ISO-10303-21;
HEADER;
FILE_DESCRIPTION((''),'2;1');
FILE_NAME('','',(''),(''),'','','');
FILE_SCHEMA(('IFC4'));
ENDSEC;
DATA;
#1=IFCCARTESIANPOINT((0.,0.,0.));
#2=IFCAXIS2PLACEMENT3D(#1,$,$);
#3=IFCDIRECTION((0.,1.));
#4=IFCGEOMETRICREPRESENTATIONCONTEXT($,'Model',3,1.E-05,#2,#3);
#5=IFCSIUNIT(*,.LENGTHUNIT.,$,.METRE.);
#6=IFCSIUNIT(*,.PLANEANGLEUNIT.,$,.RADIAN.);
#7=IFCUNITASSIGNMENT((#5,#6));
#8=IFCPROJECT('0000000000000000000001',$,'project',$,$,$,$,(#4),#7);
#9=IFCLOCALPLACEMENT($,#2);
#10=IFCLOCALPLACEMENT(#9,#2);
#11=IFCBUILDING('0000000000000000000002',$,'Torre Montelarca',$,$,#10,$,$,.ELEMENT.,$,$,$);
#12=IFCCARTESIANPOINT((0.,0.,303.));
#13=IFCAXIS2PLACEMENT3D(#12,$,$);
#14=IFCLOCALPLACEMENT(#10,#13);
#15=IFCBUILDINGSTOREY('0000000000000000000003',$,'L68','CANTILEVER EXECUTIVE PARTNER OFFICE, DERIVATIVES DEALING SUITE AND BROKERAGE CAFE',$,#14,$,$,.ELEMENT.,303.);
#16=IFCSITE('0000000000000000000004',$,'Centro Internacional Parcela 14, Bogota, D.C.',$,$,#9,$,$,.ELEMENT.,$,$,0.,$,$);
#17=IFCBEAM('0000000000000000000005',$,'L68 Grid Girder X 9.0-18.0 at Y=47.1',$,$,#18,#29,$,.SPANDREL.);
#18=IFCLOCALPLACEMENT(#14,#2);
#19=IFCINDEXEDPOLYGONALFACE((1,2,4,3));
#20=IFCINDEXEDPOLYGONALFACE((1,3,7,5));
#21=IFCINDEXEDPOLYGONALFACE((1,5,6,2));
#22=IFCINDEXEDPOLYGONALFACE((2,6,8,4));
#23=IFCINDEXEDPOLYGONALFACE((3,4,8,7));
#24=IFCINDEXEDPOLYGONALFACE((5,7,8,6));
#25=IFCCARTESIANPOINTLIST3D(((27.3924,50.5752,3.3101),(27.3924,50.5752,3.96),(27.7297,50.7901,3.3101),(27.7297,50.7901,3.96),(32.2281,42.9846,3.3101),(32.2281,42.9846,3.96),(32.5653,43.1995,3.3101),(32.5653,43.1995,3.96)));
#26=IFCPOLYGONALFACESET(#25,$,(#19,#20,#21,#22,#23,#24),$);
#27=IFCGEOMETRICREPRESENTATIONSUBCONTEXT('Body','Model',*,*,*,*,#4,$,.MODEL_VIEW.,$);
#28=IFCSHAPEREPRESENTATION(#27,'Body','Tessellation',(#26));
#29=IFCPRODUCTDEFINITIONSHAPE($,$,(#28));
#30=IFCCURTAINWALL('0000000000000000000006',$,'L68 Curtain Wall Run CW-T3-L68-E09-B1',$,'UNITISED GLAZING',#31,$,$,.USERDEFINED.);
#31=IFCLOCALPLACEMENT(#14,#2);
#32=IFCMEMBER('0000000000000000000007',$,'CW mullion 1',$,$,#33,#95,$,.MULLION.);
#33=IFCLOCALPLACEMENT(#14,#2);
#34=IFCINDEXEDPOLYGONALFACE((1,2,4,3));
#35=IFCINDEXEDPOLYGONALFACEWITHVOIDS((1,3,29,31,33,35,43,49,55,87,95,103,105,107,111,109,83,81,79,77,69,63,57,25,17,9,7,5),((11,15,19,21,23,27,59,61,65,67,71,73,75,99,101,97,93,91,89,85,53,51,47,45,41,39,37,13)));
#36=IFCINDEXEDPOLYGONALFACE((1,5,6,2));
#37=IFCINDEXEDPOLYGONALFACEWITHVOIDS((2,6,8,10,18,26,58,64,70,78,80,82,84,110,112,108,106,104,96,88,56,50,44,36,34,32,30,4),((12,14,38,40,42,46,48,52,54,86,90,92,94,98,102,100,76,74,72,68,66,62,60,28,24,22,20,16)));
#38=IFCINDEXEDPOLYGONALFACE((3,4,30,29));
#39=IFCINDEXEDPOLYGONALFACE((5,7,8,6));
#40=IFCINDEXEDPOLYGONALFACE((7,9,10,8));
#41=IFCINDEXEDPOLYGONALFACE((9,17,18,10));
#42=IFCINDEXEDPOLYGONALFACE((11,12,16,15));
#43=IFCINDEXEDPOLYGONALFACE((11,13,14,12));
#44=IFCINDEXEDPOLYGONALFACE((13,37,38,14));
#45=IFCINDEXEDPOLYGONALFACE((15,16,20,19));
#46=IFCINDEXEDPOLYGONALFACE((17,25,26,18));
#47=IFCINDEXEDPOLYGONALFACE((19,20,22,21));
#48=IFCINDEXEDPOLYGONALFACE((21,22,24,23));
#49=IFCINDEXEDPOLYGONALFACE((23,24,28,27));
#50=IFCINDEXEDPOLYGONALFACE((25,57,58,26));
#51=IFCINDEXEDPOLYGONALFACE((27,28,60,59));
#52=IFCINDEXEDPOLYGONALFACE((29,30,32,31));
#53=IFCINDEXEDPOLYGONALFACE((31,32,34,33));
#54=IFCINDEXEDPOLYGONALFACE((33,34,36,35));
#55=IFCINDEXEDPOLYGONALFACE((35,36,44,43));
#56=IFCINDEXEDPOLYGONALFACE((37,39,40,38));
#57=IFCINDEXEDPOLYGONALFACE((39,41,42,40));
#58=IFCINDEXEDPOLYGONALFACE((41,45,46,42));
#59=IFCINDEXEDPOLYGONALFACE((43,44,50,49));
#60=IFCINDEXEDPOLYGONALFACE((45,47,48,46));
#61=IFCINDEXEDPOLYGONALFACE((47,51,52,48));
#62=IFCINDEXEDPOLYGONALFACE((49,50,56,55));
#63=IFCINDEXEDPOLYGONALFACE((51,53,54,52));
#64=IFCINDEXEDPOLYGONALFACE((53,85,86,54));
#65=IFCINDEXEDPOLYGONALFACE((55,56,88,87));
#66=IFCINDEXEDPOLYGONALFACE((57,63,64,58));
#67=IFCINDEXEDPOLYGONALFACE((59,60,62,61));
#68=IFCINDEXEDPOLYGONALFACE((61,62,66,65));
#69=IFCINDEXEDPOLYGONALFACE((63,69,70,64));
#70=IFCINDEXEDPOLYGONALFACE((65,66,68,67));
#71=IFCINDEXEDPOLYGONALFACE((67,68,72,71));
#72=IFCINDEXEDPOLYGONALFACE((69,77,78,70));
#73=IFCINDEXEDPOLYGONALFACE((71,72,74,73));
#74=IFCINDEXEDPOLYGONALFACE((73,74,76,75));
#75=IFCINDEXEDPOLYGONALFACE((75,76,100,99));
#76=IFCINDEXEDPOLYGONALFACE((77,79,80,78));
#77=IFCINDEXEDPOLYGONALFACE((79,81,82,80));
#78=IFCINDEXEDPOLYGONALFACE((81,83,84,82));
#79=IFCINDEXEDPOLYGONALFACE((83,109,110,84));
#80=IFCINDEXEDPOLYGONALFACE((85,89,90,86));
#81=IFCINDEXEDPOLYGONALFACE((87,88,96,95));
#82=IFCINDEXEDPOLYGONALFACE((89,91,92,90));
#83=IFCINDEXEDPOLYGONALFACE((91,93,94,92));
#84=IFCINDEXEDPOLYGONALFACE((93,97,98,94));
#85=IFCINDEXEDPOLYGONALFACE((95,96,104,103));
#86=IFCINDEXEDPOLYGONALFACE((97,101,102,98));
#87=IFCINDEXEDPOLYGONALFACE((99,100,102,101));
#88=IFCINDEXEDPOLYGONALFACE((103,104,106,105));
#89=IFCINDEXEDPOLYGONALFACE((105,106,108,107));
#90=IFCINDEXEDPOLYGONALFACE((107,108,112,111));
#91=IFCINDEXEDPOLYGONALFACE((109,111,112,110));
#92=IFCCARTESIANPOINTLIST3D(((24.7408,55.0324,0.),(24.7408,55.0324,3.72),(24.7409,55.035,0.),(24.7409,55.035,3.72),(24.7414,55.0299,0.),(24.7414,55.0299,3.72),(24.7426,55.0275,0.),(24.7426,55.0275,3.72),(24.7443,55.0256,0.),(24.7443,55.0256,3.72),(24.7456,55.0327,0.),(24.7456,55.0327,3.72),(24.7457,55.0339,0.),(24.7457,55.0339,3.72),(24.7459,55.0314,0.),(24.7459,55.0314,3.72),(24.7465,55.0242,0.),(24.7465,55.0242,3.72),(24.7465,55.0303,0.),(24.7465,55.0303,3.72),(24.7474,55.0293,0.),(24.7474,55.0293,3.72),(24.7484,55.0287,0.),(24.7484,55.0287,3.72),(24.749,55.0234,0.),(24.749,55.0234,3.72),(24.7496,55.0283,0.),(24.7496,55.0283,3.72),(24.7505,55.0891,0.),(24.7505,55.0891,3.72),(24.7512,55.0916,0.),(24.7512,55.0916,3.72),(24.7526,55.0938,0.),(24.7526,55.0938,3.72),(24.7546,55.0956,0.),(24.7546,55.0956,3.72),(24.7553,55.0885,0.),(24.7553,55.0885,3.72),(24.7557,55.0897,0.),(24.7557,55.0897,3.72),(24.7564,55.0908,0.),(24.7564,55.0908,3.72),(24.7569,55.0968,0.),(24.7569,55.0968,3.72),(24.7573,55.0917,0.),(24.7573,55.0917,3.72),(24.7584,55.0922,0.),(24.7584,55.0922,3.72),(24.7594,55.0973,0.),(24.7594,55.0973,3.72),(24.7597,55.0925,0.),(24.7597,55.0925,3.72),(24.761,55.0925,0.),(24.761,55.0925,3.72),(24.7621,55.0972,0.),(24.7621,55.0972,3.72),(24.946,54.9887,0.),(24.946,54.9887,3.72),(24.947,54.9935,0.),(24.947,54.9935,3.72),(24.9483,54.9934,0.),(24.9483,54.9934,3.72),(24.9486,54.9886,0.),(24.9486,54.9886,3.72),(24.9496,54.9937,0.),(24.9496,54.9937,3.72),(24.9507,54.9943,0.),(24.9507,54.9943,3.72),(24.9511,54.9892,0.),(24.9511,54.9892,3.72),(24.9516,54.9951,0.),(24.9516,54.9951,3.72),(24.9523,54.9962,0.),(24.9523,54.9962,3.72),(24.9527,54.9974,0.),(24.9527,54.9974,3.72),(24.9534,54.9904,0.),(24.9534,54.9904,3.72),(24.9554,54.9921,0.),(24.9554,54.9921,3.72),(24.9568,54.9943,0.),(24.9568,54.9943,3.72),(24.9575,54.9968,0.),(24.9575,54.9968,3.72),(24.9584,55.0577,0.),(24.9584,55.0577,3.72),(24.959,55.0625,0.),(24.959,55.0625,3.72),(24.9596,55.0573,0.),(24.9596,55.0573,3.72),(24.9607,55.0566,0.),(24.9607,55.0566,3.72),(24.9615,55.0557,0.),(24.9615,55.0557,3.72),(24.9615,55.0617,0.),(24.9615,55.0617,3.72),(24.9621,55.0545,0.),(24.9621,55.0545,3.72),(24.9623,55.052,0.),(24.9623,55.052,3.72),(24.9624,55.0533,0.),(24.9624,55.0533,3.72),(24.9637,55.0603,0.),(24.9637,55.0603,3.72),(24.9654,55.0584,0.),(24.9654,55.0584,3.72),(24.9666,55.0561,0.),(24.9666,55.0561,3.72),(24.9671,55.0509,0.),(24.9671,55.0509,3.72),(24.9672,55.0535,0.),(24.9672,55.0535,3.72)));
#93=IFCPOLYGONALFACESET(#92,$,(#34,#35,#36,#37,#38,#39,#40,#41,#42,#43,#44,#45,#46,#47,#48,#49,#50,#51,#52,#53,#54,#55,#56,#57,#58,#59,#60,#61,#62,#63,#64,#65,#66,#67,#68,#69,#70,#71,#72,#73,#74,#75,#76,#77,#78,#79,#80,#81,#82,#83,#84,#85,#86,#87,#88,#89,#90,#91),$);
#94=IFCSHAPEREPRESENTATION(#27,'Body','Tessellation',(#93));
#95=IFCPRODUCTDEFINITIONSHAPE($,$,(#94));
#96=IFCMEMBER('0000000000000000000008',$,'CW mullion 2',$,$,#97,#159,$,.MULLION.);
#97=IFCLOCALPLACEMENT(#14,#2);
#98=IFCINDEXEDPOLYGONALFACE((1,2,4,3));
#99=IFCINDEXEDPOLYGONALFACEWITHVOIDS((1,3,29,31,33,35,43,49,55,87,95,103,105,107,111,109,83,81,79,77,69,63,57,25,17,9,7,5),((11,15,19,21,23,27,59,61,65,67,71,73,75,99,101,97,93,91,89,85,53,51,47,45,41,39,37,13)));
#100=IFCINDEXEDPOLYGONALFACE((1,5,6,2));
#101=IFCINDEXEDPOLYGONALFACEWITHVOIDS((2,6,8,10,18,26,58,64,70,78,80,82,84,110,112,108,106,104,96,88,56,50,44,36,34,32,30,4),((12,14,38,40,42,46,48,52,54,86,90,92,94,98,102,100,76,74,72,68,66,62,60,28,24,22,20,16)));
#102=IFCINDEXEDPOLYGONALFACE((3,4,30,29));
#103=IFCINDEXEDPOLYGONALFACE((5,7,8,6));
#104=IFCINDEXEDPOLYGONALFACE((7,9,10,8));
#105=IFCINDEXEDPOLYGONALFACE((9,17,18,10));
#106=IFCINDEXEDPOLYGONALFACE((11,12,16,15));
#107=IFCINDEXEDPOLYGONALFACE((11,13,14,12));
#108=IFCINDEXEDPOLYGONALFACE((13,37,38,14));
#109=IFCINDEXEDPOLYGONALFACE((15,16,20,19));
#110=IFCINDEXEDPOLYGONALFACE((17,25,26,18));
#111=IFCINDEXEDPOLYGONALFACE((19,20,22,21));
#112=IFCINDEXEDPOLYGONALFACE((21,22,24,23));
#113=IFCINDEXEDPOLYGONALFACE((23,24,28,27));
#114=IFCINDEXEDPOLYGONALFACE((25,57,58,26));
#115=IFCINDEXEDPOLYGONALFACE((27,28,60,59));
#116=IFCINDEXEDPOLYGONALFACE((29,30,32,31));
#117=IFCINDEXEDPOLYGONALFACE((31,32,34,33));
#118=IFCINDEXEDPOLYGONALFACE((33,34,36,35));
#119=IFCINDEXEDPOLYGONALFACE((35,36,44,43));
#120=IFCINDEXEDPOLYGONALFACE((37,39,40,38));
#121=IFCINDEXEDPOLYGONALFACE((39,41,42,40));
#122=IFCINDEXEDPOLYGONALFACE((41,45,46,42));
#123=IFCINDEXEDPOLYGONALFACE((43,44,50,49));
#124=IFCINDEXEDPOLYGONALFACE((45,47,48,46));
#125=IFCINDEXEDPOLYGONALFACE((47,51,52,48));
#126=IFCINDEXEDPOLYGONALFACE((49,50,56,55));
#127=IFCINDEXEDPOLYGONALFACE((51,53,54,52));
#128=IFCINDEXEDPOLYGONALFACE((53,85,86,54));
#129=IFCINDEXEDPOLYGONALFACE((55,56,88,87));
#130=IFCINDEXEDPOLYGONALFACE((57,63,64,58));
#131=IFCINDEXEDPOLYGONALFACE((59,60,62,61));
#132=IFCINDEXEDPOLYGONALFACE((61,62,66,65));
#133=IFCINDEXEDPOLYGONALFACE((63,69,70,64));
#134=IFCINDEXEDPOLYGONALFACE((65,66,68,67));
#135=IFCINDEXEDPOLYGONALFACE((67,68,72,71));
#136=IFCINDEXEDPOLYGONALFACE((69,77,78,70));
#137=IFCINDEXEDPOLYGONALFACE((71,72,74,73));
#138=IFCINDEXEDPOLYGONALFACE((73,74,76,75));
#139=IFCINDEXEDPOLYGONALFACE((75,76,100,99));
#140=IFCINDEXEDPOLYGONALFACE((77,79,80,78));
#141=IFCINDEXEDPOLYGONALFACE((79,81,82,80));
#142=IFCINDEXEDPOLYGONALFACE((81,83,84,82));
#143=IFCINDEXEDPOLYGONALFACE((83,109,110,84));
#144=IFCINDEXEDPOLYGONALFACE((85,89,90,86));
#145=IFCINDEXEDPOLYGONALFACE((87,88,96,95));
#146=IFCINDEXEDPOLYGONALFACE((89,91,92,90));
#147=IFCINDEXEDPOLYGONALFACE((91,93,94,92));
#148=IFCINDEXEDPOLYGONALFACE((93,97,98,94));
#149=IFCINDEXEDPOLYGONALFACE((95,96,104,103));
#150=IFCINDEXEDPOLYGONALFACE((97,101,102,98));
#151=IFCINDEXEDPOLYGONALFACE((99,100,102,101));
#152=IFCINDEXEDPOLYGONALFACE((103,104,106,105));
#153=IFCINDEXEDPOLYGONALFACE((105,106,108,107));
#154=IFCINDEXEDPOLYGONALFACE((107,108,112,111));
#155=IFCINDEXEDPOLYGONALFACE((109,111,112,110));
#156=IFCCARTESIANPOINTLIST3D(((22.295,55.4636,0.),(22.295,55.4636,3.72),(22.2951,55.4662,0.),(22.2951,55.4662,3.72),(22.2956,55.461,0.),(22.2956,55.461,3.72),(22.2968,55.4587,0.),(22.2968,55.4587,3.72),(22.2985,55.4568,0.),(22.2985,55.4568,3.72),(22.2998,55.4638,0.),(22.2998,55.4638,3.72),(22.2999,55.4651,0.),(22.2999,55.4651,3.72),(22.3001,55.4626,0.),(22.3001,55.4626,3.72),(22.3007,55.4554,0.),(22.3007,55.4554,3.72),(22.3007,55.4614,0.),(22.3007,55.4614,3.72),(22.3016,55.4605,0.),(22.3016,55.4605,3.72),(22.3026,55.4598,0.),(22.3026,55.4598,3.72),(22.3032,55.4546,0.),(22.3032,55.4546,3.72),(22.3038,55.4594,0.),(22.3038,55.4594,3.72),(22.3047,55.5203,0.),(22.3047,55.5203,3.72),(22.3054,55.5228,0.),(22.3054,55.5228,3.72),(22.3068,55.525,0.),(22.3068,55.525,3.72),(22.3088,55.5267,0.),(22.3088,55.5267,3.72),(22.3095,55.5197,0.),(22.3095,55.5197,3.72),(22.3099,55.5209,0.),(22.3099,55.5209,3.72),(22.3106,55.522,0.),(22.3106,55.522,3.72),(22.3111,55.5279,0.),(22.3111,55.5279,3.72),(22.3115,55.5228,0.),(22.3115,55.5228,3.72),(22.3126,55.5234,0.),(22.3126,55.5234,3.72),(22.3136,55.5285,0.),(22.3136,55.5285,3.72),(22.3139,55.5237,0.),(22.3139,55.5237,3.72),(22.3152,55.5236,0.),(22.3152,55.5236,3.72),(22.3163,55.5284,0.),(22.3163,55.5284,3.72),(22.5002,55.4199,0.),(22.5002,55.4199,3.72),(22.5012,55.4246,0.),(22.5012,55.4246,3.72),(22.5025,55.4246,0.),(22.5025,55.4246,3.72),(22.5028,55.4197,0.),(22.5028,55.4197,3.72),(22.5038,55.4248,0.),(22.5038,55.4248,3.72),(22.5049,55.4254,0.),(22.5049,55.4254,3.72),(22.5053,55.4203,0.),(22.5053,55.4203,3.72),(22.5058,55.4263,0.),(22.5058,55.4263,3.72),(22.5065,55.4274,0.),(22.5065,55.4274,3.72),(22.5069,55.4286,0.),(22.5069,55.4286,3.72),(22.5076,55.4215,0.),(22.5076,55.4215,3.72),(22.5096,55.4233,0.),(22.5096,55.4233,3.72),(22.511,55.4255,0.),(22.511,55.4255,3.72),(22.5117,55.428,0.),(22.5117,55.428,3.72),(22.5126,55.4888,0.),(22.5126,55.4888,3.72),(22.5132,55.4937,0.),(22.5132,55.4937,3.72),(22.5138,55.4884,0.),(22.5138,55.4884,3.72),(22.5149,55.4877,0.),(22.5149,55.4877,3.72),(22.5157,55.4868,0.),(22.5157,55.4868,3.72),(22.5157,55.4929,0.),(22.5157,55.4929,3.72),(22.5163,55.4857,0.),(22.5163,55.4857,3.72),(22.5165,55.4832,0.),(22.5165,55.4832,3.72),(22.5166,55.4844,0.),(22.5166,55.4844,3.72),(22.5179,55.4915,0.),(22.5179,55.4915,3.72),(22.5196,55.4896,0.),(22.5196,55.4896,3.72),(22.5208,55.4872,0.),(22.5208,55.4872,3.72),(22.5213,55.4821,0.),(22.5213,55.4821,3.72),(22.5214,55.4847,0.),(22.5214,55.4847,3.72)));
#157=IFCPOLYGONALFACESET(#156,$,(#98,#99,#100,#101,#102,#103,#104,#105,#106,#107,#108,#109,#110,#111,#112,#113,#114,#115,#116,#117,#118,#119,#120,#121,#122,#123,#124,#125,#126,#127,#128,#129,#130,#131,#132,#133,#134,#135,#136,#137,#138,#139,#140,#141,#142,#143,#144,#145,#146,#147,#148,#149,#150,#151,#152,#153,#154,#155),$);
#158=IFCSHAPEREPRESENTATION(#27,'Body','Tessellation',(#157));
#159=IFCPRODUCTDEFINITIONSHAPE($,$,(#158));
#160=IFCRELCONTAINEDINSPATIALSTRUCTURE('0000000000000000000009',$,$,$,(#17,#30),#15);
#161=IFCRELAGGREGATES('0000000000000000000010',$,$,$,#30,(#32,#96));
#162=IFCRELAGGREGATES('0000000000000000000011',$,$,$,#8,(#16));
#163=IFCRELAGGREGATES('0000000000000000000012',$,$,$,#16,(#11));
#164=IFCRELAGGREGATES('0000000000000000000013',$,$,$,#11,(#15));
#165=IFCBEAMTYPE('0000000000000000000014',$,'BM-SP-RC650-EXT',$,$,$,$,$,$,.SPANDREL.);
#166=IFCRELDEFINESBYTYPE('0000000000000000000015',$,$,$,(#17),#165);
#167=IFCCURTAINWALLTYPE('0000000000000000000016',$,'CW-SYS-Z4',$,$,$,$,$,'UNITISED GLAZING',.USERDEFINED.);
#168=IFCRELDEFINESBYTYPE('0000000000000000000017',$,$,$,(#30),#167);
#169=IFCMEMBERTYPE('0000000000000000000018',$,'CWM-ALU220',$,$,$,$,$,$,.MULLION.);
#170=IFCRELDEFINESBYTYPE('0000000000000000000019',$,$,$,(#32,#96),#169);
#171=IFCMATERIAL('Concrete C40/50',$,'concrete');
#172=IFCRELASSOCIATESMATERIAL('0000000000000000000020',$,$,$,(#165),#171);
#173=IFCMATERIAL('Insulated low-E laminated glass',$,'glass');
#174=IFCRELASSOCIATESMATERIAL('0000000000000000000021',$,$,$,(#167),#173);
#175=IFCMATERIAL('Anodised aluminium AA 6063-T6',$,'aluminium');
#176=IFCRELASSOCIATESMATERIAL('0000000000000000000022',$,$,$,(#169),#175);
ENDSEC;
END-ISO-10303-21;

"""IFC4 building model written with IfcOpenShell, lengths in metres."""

from ifc_helpers import new_model, si_unit, direction, frame, origin, origin_2d, place, context, subcontext, project, spatial, rectangle, hollow_rectangle, extrude, source, transform, mapped, material, material_profile, profile_set, type_object, element, aggregate, save


model = new_model("IFC4")

# Units and contexts
model_context = context("Model", 3, precision=1e-05, world=origin(), true_north=direction((0.0, 1.0)))
body_context = subcontext(model_context, "Body", "Model", "MODEL_VIEW")
ifc_project = project(units=[si_unit("LENGTHUNIT", "METRE"), si_unit("PLANEANGLEUNIT", "RADIAN")], contexts=[model_context])

# Site, building, storey
site_placement = place(None, origin())
site = spatial("IfcSite", under=ifc_project, at=site_placement, Name="Centro Internacional Parcela 14, Bogota, D.C.", CompositionType="ELEMENT", RefElevation=0.0)
building_placement = place(site_placement, origin())
building = spatial("IfcBuilding", under=site, at=building_placement, Name="Torre Montelarca", CompositionType="ELEMENT")
storey_placement = place(building_placement, frame((0.0, 0.0, 303.0)))
storey = spatial("IfcBuildingStorey", under=building, at=storey_placement, Name="L68", Description="CANTILEVER EXECUTIVE PARTNER OFFICE, DERIVATIVES DEALING SUITE AND BROKERAGE CAFE", CompositionType="ELEMENT", Elevation=303.0)

# Beam
ifc_material_1 = material(Name="Concrete C40/50", Category="concrete")
ifc_material_profile_1 = material_profile(ifc_material_1, rectangle(XDim=0.3999, YDim=0.6499, at=origin_2d()), Name="RCB400X650", Category="concrete")
ifc_profile_set_1 = profile_set([ifc_material_profile_1], Name="Concrete C40/50")
beam_type = type_object("IfcBeamType", Name="BM-SP-RC650-EXT", PredefinedType="SPANDREL", material=ifc_profile_set_1)
shared_shape_1 = source(origin(), body_context, "Body", "SweptSolid", [
    extrude(rectangle(XDim=0.3999, YDim=0.6499, at=origin_2d()), origin(), (0.0, 0.0, 1.0), 9.0),
])
beam_placement = place(storey_placement, frame((27.561, 50.6826, 3.635), z_axis=(0.537297, -0.843393, 0.0), x_axis=(0.843393, 0.537297, 0.0)))
element("IfcBeam", 1, at=beam_placement, inside=storey, type_object=beam_type, Name="L68 Grid Girder X 9.0-18.0 at Y=47.1", PredefinedType="SPANDREL", context=body_context, shape_type="MappedRepresentation", body=[
    mapped(shared_shape_1, transform((0.0, 0.0, 0.0), scale=1.0)),
])

# Curtain wall, members
ifc_material_2 = material(Name="Insulated low-E laminated glass", Category="glass")
curtain_wall_type = type_object("IfcCurtainWallType", Name="CW-SYS-Z4", ElementType="UNITISED GLAZING", PredefinedType="USERDEFINED", material=ifc_material_2)
curtain_wall_1_placement = place(storey_placement, origin())
curtain_wall_1 = element("IfcCurtainWall", 2, at=curtain_wall_1_placement, inside=storey, type_object=curtain_wall_type, Name="L68 Curtain Wall Run CW-T3-L68-E09-B1", ObjectType="UNITISED GLAZING", PredefinedType="USERDEFINED")
ifc_material_3 = material(Name="Anodised aluminium AA 6063-T6", Category="aluminium")
ifc_material_profile_2 = material_profile(ifc_material_3, hollow_rectangle(XDim=0.075, YDim=0.22, WallThickness=0.0049, InnerFilletRadius=0.0049, OuterFilletRadius=0.01, at=origin_2d()), Name="ALU75X220X5", Category="aluminium")
ifc_profile_set_2 = profile_set([ifc_material_profile_2], Name="Anodised aluminium AA 6063-T6")
member_type_1 = type_object("IfcMemberType", Name="CWM-ALU220", PredefinedType="MULLION", material=ifc_profile_set_2)
shared_shape_2 = source(origin(), body_context, "Body", "SweptSolid", [
    extrude(hollow_rectangle(XDim=0.075, YDim=0.22, WallThickness=0.0049, InnerFilletRadius=0.0049, OuterFilletRadius=0.01, at=origin_2d()), origin(), (0.0, 0.0, 1.0), 3.72),
])
member_1_placement = place(storey_placement, frame((24.854, 55.043, 0.0), z_axis=(0.0, 0.0, 1.0), x_axis=(-0.173635, -0.98481, 0.0)))
member_1 = element("IfcMember", 3, at=member_1_placement, type_object=member_type_1, Name="CW mullion 1", PredefinedType="MULLION", context=body_context, shape_type="MappedRepresentation", body=[
    mapped(shared_shape_2, transform((0.0, 0.0, 0.0), scale=1.0)),
])
member_2_placement = place(storey_placement, frame((22.4082, 55.4741, 0.0), z_axis=(0.0, 0.0, 1.0), x_axis=(-0.173635, -0.98481, 0.0)))
member_2 = element("IfcMember", 4, at=member_2_placement, type_object=member_type_1, Name="CW mullion 2", PredefinedType="MULLION", context=body_context, shape_type="MappedRepresentation", body=[
    mapped(shared_shape_2, transform((0.0, 0.0, 0.0), scale=1.0)),
])

aggregate(curtain_wall_1, [member_1, member_2])

save(model, "model.ifc")
